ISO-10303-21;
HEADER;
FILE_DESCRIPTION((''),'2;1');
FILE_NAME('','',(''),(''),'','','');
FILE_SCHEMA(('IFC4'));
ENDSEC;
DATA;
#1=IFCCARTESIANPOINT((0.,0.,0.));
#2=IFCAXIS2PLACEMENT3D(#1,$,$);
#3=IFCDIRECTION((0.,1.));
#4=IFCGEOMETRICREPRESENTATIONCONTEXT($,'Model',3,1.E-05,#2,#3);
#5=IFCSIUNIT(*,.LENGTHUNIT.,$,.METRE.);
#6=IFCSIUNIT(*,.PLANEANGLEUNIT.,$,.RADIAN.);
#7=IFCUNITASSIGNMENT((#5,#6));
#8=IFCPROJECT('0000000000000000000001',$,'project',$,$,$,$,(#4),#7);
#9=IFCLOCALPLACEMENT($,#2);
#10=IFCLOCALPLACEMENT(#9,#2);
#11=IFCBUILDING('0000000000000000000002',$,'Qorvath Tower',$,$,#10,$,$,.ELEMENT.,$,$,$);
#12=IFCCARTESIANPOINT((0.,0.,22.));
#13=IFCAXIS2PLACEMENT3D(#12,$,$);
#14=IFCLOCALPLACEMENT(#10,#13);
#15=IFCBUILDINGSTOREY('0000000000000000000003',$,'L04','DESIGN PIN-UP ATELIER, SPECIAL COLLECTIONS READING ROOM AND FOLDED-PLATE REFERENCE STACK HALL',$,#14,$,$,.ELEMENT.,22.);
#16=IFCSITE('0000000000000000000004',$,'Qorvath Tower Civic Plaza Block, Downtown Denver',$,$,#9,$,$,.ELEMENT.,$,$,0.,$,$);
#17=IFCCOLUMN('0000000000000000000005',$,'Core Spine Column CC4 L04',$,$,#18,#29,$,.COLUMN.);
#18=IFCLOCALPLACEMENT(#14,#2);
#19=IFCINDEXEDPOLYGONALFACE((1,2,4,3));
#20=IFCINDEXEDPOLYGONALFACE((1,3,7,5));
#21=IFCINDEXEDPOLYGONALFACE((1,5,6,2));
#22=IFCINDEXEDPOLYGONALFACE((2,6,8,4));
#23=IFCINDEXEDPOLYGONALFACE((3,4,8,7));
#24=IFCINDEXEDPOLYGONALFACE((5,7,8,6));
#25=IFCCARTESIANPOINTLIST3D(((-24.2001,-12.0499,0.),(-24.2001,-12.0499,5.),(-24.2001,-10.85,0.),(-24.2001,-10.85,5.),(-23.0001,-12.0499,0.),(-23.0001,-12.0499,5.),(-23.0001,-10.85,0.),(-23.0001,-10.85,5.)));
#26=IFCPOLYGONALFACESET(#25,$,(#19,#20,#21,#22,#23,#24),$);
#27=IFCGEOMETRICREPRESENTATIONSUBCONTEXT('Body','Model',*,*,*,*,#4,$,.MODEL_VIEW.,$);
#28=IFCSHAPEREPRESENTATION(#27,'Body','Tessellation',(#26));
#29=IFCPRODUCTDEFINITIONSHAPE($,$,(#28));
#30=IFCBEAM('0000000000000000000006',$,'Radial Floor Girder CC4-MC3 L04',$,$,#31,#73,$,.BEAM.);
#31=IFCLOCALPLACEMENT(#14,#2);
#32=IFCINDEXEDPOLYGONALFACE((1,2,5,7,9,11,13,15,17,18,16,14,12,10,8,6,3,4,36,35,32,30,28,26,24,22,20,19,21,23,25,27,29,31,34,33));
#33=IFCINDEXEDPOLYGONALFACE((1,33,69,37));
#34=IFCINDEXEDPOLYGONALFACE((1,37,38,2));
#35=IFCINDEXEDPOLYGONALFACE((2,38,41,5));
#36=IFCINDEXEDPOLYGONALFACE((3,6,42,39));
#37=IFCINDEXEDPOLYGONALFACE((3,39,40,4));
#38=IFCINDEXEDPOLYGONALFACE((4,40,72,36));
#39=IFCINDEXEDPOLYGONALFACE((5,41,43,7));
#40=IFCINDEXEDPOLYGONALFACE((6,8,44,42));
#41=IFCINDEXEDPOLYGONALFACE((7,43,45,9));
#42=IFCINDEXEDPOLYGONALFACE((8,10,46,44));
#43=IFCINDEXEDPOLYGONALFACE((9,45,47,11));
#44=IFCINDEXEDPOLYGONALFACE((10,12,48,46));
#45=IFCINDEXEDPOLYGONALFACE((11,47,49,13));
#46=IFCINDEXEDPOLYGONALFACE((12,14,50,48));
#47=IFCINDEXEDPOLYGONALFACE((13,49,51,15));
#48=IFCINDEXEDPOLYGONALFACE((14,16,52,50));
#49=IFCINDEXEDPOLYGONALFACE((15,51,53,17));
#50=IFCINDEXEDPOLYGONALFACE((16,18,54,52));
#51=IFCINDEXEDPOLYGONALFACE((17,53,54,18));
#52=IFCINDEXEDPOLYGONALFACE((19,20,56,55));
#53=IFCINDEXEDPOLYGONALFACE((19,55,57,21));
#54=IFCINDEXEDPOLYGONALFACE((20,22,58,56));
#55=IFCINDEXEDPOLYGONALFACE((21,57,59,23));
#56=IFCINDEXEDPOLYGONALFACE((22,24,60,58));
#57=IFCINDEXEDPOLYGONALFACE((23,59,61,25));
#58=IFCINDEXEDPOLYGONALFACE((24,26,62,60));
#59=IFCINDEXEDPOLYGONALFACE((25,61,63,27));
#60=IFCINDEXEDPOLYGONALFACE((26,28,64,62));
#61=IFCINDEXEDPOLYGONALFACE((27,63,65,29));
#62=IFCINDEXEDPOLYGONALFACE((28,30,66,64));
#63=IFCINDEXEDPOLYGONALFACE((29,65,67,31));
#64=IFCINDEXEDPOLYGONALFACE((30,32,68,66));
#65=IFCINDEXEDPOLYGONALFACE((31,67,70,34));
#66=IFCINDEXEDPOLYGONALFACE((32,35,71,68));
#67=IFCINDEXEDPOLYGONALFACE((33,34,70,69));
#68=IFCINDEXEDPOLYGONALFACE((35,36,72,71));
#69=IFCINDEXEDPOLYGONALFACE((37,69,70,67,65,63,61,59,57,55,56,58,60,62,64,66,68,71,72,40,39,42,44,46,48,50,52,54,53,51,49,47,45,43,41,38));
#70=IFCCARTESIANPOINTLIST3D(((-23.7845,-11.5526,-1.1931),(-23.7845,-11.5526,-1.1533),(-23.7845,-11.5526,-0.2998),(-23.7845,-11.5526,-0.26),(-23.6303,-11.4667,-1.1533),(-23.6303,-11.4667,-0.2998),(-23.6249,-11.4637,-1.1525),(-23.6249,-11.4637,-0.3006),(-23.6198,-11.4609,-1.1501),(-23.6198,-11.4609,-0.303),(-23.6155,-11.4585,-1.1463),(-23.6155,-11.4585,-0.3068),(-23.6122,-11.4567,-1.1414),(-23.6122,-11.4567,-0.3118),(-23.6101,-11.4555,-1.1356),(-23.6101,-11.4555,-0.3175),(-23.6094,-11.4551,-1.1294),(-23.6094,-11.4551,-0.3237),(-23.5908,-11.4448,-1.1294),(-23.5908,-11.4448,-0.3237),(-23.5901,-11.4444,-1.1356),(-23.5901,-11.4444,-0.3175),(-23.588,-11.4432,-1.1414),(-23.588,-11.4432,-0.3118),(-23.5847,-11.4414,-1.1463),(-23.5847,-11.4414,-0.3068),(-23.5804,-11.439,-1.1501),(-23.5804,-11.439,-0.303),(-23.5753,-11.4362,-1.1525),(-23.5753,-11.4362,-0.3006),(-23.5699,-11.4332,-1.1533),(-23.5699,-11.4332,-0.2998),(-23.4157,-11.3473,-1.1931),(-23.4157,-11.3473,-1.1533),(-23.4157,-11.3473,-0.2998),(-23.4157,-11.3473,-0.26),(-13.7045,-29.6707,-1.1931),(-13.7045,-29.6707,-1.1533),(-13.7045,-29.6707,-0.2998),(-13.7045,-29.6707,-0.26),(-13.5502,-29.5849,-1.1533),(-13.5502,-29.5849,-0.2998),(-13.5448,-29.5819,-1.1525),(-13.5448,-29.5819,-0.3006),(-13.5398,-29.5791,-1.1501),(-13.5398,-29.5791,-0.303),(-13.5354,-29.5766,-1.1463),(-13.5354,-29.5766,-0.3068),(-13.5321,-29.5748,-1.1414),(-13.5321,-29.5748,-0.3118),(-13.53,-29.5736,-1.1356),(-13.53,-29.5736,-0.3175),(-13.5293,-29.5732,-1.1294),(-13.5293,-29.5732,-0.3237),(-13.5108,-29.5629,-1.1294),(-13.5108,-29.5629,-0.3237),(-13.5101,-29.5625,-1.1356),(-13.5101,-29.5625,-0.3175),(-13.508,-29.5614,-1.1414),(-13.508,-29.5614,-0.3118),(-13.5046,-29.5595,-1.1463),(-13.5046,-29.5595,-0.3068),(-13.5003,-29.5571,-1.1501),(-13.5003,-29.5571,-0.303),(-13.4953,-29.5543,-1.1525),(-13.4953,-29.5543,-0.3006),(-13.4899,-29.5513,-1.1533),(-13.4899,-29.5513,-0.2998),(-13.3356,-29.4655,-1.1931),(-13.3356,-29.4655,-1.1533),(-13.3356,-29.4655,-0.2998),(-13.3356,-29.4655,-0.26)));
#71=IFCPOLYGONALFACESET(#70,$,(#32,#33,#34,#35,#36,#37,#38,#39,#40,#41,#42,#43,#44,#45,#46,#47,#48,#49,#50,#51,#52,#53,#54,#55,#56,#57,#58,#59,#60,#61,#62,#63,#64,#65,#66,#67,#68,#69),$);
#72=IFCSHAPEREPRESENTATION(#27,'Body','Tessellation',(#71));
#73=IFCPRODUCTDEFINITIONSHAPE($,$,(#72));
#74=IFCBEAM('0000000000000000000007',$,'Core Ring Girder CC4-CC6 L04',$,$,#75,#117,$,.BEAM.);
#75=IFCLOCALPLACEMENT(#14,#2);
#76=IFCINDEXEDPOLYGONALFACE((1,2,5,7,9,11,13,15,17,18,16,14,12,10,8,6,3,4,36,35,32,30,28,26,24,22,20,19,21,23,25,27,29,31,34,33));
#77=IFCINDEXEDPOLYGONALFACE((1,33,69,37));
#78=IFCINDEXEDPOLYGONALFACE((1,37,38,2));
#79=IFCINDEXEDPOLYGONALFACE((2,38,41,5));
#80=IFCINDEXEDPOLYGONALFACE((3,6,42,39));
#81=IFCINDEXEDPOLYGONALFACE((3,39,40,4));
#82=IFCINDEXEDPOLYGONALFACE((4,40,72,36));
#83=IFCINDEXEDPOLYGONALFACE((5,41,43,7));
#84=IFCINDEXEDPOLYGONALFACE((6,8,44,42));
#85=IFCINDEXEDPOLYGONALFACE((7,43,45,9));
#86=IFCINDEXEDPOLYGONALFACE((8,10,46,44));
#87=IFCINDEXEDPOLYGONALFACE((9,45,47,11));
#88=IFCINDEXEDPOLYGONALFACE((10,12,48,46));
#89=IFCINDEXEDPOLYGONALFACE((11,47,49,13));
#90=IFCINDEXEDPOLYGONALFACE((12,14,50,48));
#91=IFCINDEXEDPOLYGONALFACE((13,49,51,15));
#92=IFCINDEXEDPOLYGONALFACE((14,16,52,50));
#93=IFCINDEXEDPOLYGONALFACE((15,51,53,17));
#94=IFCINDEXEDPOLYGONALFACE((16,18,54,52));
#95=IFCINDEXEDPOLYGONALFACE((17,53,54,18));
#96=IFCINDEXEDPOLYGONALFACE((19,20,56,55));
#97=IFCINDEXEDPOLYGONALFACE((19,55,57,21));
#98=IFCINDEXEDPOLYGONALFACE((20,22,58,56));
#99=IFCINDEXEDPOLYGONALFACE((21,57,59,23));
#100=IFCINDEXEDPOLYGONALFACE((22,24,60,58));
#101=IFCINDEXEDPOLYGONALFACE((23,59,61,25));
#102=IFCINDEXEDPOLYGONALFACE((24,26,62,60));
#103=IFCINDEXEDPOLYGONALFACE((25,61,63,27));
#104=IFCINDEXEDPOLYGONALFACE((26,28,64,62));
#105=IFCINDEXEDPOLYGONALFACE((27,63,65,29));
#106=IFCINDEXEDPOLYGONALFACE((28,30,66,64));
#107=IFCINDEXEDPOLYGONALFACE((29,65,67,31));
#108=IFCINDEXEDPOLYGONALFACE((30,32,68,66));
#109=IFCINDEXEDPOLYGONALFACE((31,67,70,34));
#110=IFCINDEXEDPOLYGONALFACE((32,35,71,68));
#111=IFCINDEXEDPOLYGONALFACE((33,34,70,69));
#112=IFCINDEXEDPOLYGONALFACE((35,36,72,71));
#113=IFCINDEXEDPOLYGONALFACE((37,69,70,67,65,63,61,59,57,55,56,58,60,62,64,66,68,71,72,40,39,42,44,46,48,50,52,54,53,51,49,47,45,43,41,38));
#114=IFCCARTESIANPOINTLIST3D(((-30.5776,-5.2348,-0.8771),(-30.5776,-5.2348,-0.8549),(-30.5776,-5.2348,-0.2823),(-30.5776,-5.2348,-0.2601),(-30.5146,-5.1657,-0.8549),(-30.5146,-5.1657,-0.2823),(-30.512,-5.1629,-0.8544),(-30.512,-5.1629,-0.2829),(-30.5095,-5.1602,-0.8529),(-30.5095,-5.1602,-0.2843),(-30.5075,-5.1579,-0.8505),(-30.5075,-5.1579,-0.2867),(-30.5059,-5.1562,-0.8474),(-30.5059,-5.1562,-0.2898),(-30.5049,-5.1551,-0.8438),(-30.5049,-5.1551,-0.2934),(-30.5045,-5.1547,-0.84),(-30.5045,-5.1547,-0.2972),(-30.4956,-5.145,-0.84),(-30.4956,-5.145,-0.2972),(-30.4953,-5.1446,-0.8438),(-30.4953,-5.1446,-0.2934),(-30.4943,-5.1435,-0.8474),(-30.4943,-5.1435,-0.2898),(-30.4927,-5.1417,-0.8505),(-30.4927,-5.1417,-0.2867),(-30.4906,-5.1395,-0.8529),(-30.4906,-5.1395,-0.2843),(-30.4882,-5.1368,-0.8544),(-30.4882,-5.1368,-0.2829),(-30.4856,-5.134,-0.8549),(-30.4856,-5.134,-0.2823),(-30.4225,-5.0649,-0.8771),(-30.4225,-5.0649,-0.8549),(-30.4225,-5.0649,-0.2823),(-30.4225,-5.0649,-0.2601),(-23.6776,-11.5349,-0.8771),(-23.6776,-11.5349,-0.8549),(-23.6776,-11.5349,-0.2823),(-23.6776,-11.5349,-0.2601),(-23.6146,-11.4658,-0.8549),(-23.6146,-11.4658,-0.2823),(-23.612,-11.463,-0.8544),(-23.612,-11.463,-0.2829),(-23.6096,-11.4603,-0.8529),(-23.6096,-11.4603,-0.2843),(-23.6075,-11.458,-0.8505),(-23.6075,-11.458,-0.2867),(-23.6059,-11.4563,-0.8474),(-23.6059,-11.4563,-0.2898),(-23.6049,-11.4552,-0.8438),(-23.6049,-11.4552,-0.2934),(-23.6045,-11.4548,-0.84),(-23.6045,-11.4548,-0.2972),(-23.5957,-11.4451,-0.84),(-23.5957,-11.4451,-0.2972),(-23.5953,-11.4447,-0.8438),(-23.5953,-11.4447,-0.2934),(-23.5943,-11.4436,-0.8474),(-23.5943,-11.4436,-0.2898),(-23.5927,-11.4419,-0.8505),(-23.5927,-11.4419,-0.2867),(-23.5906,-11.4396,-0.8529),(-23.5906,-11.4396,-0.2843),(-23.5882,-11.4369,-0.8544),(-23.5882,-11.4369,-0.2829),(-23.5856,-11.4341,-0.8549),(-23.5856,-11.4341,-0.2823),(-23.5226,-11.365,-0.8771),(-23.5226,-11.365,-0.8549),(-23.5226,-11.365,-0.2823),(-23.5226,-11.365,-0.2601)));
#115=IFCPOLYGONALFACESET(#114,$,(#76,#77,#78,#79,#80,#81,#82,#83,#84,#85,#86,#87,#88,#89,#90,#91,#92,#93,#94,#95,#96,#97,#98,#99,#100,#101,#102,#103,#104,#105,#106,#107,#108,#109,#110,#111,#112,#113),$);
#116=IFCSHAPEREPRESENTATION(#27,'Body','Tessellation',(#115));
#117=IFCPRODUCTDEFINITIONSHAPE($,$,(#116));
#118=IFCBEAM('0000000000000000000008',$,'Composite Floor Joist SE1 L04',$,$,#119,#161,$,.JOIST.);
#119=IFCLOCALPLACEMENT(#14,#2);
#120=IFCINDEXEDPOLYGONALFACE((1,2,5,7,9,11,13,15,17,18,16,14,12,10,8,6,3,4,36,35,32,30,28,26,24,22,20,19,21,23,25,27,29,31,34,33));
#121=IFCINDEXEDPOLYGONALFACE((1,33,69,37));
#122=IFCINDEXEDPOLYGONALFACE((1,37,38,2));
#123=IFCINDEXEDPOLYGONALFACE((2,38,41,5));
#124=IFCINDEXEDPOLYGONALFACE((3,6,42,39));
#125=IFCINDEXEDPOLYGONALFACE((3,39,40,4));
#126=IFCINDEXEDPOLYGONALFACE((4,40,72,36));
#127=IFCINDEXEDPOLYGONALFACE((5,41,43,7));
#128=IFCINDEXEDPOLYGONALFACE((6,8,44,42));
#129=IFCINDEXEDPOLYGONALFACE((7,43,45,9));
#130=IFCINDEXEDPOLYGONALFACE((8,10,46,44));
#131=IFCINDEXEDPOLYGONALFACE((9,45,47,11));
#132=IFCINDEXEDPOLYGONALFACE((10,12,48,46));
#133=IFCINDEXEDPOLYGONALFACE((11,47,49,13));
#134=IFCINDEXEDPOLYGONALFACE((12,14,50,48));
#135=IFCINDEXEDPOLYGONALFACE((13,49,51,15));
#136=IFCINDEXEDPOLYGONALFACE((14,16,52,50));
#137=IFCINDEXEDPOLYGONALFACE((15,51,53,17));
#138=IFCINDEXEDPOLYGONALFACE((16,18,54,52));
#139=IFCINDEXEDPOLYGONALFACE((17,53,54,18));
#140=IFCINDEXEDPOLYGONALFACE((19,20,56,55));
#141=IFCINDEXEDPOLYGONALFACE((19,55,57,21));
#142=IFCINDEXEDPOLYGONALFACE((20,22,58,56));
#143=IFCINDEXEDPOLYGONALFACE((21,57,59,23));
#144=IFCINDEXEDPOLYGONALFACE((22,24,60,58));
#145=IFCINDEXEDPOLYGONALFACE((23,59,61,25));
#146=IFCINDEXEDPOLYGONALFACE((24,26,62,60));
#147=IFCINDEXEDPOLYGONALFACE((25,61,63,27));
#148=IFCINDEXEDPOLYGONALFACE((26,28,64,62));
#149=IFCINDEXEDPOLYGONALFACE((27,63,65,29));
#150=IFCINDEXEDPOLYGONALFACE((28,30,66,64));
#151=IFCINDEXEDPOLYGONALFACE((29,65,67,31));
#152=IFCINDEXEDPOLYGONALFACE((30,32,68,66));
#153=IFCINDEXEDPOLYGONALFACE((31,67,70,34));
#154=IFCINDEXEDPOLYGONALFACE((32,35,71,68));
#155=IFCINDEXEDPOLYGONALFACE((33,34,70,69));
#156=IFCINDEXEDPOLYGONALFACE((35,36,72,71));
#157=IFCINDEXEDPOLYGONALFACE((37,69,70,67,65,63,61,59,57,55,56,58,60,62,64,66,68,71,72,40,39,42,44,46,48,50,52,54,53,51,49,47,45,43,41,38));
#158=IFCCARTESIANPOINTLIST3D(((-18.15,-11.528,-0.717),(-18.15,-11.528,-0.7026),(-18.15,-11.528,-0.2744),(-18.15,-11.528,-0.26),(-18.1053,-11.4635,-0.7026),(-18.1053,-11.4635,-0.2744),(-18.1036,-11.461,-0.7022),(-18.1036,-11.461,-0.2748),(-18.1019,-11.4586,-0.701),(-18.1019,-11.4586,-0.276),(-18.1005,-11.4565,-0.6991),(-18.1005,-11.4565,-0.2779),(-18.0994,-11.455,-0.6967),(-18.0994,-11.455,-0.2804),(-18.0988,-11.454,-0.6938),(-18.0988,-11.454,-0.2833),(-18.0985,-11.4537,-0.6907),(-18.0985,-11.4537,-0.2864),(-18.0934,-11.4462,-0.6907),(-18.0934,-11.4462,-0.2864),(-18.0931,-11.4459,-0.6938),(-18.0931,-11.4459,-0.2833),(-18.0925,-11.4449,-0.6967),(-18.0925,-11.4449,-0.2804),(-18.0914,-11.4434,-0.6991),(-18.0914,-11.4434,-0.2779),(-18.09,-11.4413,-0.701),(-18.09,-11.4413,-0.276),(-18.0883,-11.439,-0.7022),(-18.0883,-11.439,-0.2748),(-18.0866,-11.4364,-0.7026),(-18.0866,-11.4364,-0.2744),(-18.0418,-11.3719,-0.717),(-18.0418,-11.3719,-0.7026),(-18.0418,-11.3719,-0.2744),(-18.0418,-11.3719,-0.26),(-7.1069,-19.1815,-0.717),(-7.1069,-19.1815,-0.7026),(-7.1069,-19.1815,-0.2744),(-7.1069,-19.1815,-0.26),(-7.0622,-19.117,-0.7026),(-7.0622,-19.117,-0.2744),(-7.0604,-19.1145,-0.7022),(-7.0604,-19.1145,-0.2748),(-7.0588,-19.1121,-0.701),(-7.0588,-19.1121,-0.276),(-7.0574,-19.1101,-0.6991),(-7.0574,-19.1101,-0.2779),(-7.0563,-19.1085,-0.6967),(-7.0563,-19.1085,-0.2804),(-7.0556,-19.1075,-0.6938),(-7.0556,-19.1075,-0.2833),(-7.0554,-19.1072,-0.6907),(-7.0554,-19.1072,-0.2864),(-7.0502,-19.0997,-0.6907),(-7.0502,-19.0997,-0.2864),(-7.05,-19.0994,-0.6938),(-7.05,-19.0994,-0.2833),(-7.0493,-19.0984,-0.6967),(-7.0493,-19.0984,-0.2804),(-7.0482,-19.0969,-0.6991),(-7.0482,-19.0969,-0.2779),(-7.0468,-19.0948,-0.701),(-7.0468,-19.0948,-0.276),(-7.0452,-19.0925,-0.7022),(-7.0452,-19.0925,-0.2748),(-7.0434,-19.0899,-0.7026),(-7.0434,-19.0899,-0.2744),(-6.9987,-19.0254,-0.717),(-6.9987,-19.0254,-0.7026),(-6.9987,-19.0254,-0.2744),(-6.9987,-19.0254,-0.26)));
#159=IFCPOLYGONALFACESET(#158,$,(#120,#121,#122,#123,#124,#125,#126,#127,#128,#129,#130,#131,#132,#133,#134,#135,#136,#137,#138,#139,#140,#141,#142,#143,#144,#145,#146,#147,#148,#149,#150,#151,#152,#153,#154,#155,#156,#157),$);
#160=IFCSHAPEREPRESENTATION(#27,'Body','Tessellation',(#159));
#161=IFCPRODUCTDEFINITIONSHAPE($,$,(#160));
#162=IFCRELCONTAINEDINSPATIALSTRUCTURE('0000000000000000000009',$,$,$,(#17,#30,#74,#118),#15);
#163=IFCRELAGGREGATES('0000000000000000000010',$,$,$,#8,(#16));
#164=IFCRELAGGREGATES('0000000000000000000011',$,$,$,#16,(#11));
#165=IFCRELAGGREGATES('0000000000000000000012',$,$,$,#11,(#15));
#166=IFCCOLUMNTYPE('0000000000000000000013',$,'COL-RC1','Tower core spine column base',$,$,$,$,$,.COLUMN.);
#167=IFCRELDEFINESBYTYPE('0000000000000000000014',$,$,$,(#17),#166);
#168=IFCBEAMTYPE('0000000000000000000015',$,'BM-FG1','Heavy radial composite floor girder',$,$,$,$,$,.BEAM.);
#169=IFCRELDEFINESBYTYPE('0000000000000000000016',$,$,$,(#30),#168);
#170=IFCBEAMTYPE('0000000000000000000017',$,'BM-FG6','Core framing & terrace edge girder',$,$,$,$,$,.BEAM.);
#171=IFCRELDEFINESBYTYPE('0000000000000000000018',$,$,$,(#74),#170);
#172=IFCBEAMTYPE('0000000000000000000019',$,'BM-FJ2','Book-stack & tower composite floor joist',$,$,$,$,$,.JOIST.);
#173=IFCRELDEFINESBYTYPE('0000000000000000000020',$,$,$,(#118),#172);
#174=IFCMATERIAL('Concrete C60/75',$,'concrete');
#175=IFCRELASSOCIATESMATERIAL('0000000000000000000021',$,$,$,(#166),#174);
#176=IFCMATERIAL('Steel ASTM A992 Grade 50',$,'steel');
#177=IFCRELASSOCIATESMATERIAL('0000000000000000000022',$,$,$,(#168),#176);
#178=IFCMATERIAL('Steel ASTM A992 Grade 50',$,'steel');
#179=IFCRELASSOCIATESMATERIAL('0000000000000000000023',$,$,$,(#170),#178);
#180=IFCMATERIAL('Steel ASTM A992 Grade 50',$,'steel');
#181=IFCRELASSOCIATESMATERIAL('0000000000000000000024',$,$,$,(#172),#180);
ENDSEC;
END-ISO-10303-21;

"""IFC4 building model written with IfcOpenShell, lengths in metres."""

from ifc_helpers import new_model, si_unit, direction, frame, origin, origin_2d, place, context, subcontext, project, spatial, rectangle, i_section, extrude, material, material_profile, profile_set, type_object, element, save


model = new_model("IFC4")

# Units and contexts
model_context = context("Model", 3, precision=1e-05, world=origin(), true_north=direction((0.0, 1.0)))
body_context = subcontext(model_context, "Body", "Model", "MODEL_VIEW")
ifc_project = project(units=[si_unit("LENGTHUNIT", "METRE"), si_unit("PLANEANGLEUNIT", "RADIAN")], contexts=[model_context])

# Site, building, storey
site_placement = place(None, origin())
site = spatial("IfcSite", under=ifc_project, at=site_placement, Name="Qorvath Tower Civic Plaza Block, Downtown Denver", CompositionType="ELEMENT", RefElevation=0.0)
building_placement = place(site_placement, origin())
building = spatial("IfcBuilding", under=site, at=building_placement, Name="Qorvath Tower", CompositionType="ELEMENT")
storey_placement = place(building_placement, frame((0.0, 0.0, 22.0)))
storey = spatial("IfcBuildingStorey", under=building, at=storey_placement, Name="L04", Description="DESIGN PIN-UP ATELIER, SPECIAL COLLECTIONS READING ROOM AND FOLDED-PLATE REFERENCE STACK HALL", CompositionType="ELEMENT", Elevation=22.0)

# Column
ifc_material_1 = material(Name="Concrete C60/75", Category="concrete")
ifc_material_profile_1 = material_profile(ifc_material_1, rectangle(XDim=1.2, YDim=1.2, at=origin_2d()), Name="RC 1200x1200")
ifc_profile_set_1 = profile_set([ifc_material_profile_1], Name="Concrete C60/75")
column_type = type_object("IfcColumnType", Name="COL-RC1", Description="Tower core spine column base", PredefinedType="COLUMN", material=ifc_profile_set_1)
column_placement = place(storey_placement, frame((-23.6001, -11.45, 0.0), z_axis=(0.0, 0.0, 1.0), x_axis=(1.0, 0.0, 0.0)))
element("IfcColumn", 1, at=column_placement, inside=storey, type_object=column_type, Name="Core Spine Column CC4 L04", PredefinedType="COLUMN", context=body_context, shape_type="SweptSolid", body=[
    extrude(rectangle(XDim=1.2, YDim=1.2, at=origin_2d()), origin(), (0.0, 0.0, 1.0), 5.0),
])

# Beams
ifc_material_2 = material(Name="Steel ASTM A992 Grade 50", Category="steel")
ifc_material_profile_2 = material_profile(ifc_material_2, i_section(OverallWidth=0.4221, OverallDepth=0.9331, WebThickness=0.0212, FlangeThickness=0.0398, FilletRadius=0.0239, at=origin_2d()), Name="W36x262")
ifc_profile_set_2 = profile_set([ifc_material_profile_2], Name="Steel ASTM A992 Grade 50")
beam_type_1 = type_object("IfcBeamType", Name="BM-FG1", Description="Heavy radial composite floor girder", PredefinedType="BEAM", material=ifc_profile_set_2)
beam_1_placement = place(storey_placement, frame((-23.6001, -11.45, -0.7266), z_axis=(0.486175, -0.873862, 0.0), x_axis=(0.873862, 0.486175, 0.0)))
element("IfcBeam", 2, at=beam_1_placement, inside=storey, type_object=beam_type_1, Name="Radial Floor Girder CC4-MC3 L04", PredefinedType="BEAM", context=body_context, shape_type="SweptSolid", body=[
    extrude(i_section(OverallWidth=0.4221, OverallDepth=0.9331, WebThickness=0.0212, FlangeThickness=0.0398, FilletRadius=0.0239, at=origin_2d()), origin(), (0.0, 0.0, 1.0), 20.7334),
])
ifc_material_3 = material(Name="Steel ASTM A992 Grade 50", Category="steel")
ifc_material_profile_3 = material_profile(ifc_material_3, i_section(OverallWidth=0.23, OverallDepth=0.6169, WebThickness=0.0132, FlangeThickness=0.0222, FilletRadius=0.0149, at=origin_2d()), Name="W24x94")
ifc_profile_set_3 = profile_set([ifc_material_profile_3], Name="Steel ASTM A992 Grade 50")
beam_type_2 = type_object("IfcBeamType", Name="BM-FG6", Description="Core framing & terrace edge girder", PredefinedType="BEAM", material=ifc_profile_set_3)
beam_2_placement = place(storey_placement, frame((-23.6001, -11.45, -0.5686), z_axis=(-0.738478, 0.674277, 0.0), x_axis=(-0.674277, -0.738478, 0.0)))
element("IfcBeam", 3, at=beam_2_placement, inside=storey, type_object=beam_type_2, Name="Core Ring Girder CC4-CC6 L04", PredefinedType="BEAM", context=body_context, shape_type="SweptSolid", body=[
    extrude(i_section(OverallWidth=0.23, OverallDepth=0.6169, WebThickness=0.0132, FlangeThickness=0.0222, FilletRadius=0.0149, at=origin_2d()), origin(), (0.0, 0.0, 1.0), 9.3435),
])
ifc_material_4 = material(Name="Steel ASTM A992 Grade 50", Category="steel")
ifc_material_profile_4 = material_profile(ifc_material_4, i_section(OverallWidth=0.1899, OverallDepth=0.457, WebThickness=0.009, FlangeThickness=0.0144, FilletRadius=0.012, at=origin_2d()), Name="W18x50")
ifc_profile_set_4 = profile_set([ifc_material_profile_4], Name="Steel ASTM A992 Grade 50")
beam_type_3 = type_object("IfcBeamType", Name="BM-FJ2", Description="Book-stack & tower composite floor joist", PredefinedType="JOIST", material=ifc_profile_set_4)
beam_3_placement = place(storey_placement, frame((-18.0959, -11.45, -0.4885), z_axis=(0.821904, -0.569626, 0.0), x_axis=(0.569626, 0.821904, 0.0)))
element("IfcBeam", 4, at=beam_3_placement, inside=storey, type_object=beam_type_3, Name="Composite Floor Joist SE1 L04", PredefinedType="JOIST", context=body_context, shape_type="SweptSolid", body=[
    extrude(i_section(OverallWidth=0.1899, OverallDepth=0.457, WebThickness=0.009, FlangeThickness=0.0144, FilletRadius=0.012, at=origin_2d()), origin(), (0.0, 0.0, 1.0), 13.436),
])

save(model, "model.ifc")
